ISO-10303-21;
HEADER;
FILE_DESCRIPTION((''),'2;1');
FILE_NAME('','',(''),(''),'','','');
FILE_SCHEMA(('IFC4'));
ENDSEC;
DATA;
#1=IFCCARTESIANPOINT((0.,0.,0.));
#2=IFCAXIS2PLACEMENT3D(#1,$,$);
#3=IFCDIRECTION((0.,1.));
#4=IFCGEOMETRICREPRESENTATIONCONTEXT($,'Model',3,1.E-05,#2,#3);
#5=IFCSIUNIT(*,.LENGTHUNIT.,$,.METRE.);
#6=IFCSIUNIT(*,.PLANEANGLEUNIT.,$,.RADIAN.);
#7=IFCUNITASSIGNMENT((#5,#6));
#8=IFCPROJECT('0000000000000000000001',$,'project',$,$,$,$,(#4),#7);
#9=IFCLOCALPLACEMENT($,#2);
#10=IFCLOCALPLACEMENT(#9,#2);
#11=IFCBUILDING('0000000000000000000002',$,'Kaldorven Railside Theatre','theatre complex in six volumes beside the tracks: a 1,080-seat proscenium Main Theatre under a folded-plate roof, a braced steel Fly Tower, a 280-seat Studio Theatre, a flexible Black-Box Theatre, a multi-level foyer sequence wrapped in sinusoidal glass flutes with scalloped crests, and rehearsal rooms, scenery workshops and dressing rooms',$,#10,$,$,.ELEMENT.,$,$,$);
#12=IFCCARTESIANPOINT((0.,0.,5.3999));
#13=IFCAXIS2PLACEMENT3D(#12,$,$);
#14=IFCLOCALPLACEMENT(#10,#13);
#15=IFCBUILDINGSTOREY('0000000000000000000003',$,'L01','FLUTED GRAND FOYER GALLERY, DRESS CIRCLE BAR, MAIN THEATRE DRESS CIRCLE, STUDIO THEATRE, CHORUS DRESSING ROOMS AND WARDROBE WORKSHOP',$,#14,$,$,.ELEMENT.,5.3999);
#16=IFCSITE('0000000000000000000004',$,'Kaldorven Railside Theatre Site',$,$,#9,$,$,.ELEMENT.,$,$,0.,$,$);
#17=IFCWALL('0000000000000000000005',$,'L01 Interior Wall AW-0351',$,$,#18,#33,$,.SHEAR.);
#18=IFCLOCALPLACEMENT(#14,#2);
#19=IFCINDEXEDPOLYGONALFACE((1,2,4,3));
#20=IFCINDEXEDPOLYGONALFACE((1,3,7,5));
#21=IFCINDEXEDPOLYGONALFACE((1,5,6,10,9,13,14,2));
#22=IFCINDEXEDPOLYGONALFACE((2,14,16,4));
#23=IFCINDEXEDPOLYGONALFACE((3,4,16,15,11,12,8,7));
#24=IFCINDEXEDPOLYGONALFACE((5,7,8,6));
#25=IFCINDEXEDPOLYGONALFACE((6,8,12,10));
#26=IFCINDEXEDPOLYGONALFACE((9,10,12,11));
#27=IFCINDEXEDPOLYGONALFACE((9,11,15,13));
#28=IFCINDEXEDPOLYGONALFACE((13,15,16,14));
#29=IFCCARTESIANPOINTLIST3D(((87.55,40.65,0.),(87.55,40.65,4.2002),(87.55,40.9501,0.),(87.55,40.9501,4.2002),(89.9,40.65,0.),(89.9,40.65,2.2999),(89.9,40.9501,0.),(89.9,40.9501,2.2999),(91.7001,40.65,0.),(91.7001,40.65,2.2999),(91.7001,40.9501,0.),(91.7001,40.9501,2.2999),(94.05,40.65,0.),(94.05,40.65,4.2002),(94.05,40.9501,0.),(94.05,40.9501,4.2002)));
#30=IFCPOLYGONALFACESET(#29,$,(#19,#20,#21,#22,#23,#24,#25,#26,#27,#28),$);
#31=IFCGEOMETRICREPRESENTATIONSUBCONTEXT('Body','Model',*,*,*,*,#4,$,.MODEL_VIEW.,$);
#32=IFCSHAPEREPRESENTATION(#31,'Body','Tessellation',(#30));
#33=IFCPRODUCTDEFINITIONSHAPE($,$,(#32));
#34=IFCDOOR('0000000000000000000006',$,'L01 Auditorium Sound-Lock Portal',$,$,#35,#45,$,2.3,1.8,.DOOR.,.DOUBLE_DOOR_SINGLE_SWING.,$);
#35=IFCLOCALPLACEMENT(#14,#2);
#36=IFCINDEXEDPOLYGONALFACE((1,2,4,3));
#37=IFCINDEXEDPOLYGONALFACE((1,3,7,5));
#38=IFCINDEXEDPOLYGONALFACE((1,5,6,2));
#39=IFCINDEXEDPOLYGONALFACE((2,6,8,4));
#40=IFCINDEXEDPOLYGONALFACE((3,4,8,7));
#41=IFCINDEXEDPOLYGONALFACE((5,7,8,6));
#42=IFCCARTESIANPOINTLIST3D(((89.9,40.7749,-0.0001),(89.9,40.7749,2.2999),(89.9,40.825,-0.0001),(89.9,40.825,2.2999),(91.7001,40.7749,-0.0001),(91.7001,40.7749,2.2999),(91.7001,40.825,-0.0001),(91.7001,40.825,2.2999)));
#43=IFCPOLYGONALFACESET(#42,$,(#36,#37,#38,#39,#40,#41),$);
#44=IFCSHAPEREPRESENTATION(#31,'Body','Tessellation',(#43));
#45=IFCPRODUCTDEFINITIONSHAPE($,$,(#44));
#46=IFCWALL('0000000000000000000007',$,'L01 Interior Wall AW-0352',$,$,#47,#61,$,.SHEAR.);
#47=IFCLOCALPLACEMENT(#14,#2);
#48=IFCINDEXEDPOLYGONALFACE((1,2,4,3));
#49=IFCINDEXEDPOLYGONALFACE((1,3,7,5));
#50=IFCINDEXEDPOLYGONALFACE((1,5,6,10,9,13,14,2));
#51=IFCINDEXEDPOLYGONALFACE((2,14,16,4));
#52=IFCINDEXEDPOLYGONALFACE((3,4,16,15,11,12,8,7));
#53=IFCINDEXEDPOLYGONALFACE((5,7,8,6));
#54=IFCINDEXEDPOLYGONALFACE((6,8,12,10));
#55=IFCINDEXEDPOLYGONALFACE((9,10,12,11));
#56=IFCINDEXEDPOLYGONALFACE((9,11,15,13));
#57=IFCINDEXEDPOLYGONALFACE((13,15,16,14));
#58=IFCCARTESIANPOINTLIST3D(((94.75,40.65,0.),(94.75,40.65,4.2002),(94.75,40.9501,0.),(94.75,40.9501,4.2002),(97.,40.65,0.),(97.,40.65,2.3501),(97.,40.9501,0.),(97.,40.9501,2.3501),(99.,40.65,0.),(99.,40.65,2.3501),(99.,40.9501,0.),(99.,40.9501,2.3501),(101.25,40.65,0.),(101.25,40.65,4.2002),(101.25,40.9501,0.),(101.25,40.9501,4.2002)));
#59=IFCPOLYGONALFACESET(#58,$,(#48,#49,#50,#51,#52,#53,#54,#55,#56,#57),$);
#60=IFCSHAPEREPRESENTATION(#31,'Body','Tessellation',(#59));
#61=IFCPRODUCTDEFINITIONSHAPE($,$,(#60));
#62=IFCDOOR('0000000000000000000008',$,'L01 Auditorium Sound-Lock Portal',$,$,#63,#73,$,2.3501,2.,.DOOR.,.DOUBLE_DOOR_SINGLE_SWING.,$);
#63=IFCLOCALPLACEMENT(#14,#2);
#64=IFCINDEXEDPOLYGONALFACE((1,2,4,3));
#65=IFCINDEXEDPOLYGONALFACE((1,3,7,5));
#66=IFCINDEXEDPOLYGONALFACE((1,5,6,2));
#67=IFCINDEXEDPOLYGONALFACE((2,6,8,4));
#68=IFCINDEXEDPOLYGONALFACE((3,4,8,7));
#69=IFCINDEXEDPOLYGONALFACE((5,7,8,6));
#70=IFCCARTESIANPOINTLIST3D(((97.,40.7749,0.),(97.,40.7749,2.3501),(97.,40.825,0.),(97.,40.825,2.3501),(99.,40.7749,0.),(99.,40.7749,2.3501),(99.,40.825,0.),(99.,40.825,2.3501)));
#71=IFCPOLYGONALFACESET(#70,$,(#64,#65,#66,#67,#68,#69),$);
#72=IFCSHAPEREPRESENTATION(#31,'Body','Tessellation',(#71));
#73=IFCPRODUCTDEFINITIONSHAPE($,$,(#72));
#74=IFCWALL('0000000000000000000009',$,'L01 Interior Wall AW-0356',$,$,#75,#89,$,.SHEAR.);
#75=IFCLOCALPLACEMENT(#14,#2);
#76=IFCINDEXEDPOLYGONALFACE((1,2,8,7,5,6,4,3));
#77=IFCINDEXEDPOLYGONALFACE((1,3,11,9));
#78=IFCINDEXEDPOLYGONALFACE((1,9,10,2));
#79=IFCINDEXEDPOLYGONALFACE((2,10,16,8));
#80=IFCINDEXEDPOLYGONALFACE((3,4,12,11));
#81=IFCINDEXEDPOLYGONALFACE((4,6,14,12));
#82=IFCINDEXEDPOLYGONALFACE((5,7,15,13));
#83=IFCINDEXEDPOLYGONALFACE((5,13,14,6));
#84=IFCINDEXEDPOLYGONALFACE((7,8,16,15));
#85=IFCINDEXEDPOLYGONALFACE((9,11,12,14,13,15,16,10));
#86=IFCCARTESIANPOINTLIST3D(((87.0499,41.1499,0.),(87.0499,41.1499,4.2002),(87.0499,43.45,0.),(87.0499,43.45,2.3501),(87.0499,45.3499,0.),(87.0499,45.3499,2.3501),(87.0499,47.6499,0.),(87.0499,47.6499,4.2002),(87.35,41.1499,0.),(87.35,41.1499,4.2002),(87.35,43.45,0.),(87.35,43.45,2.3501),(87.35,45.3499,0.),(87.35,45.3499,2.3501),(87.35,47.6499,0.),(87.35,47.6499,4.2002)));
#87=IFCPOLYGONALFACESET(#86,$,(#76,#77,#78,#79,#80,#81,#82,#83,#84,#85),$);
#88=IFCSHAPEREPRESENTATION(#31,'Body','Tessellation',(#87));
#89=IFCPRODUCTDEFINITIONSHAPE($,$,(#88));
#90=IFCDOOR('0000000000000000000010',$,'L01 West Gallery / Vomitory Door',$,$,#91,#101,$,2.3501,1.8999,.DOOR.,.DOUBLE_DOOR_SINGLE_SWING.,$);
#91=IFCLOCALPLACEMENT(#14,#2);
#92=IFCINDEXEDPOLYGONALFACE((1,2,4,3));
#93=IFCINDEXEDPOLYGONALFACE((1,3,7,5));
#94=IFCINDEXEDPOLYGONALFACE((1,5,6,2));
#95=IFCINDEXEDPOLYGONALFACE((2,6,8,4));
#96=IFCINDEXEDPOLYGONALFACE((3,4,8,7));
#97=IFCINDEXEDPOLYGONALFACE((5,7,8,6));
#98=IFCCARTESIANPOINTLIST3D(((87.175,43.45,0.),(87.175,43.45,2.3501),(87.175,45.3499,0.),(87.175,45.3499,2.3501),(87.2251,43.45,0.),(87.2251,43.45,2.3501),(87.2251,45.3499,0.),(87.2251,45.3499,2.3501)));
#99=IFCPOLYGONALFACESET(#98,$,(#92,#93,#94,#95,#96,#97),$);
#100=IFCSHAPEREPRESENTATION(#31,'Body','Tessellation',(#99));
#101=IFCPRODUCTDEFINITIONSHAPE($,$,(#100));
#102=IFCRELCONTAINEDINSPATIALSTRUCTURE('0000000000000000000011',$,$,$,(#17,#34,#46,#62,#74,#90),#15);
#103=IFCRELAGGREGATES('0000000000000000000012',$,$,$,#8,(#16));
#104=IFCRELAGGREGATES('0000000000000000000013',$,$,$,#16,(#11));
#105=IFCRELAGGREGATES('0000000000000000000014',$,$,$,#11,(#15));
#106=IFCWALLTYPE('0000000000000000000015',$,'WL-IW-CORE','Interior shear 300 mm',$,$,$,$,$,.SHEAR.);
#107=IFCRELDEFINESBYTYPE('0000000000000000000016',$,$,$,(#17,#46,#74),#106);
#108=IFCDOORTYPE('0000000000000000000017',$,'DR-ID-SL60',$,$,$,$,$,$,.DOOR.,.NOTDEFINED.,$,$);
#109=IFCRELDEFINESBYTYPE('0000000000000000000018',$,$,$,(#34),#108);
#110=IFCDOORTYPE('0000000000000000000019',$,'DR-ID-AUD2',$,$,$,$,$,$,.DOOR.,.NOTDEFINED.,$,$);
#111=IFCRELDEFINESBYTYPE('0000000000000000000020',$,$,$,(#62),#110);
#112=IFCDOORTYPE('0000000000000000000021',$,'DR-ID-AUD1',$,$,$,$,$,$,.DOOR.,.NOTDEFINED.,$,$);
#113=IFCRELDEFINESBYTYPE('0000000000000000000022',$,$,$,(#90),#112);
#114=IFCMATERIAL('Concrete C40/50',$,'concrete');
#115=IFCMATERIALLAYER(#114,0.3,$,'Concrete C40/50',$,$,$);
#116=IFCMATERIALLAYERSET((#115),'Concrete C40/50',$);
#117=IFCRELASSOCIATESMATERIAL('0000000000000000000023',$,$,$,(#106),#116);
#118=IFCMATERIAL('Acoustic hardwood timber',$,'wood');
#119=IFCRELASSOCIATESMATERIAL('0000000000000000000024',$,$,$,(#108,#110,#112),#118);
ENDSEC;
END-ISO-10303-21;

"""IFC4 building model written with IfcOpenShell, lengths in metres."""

from ifc_helpers import new_model, si_unit, direction, frame, frame_2d, origin, place, context, subcontext, project, spatial, rectangle, extrude, material, layer, layer_set, type_object, element, fill, save


model = new_model("IFC4")

# Units and contexts
model_context = context("Model", 3, precision=1e-05, world=origin(), true_north=direction((0.0, 1.0)))
body_context = subcontext(model_context, "Body", "Model", "MODEL_VIEW")
ifc_project = project(units=[si_unit("LENGTHUNIT", "METRE"), si_unit("PLANEANGLEUNIT", "RADIAN")], contexts=[model_context])

# Site, building, storey
site_placement = place(None, origin())
site = spatial("IfcSite", under=ifc_project, at=site_placement, Name="Kaldorven Railside Theatre Site", CompositionType="ELEMENT", RefElevation=0.0)
building_placement = place(site_placement, origin())
building = spatial("IfcBuilding", under=site, at=building_placement, Name="Kaldorven Railside Theatre", Description="theatre complex in six volumes beside the tracks: a 1,080-seat proscenium Main Theatre under a folded-plate roof, a braced steel Fly Tower, a 280-seat Studio Theatre, a flexible Black-Box Theatre, a multi-level foyer sequence wrapped in sinusoidal glass flutes with scalloped crests, and rehearsal rooms, scenery workshops and dressing rooms", CompositionType="ELEMENT")
storey_placement = place(building_placement, frame((0.0, 0.0, 5.3999)))
storey = spatial("IfcBuildingStorey", under=building, at=storey_placement, Name="L01", Description="FLUTED GRAND FOYER GALLERY, DRESS CIRCLE BAR, MAIN THEATRE DRESS CIRCLE, STUDIO THEATRE, CHORUS DRESSING ROOMS AND WARDROBE WORKSHOP", CompositionType="ELEMENT", Elevation=5.3999)

# Shared definitions
ifc_material_1 = material(Name="Concrete C40/50", Category="concrete")

# Shared definitions
ifc_layer = layer(ifc_material_1, 0.3, Name="Concrete C40/50")
ifc_layer_set = layer_set([ifc_layer], Name="Concrete C40/50")
wall_type = type_object("IfcWallType", Name="WL-IW-CORE", Description="Interior shear 300 mm", PredefinedType="SHEAR", material=ifc_layer_set)

# Walls, openings, doors
wall_1_placement = place(storey_placement, frame((87.55, 40.8, 0.0), z_axis=(0.0, 0.0, 1.0), x_axis=(1.0, 0.0, 0.0)))
wall_1 = element("IfcWall", 1, at=wall_1_placement, inside=storey, type_object=wall_type, Name="L01 Interior Wall AW-0351", PredefinedType="SHEAR", context=body_context, shape_type="SweptSolid", body=[
    extrude(rectangle(XDim=6.5, YDim=0.3, at=frame_2d((3.25, 0.0))), origin(), (0.0, 0.0, 1.0), 4.2002),
])
opening_1_placement = place(wall_1_placement, frame((2.3501, 0.0, 0.0)))
opening_1 = element("IfcOpeningElement", 2, at=opening_1_placement, cuts=wall_1, PredefinedType="OPENING", context=body_context, shape_type="SweptSolid", body=[
    extrude(rectangle(XDim=1.8, YDim=2.3, at=frame_2d((0.8999, 1.1499))), frame((0.0, 0.1602, 0.0), z_axis=(0.0, -1.0, 0.0), x_axis=(1.0, 0.0, 0.0)), (0.0, 0.0, 1.0), 0.3201),
])
ifc_material_2 = material(Name="Acoustic hardwood timber", Category="wood")
door_type_1 = type_object("IfcDoorType", Name="DR-ID-SL60", OperationType="NOTDEFINED", PredefinedType="DOOR", material=ifc_material_2)
door_1_placement = place(opening_1_placement, origin())
door_1 = element("IfcDoor", 3, at=door_1_placement, inside=storey, type_object=door_type_1, Name="L01 Auditorium Sound-Lock Portal", OperationType="DOUBLE_DOOR_SINGLE_SWING", OverallHeight=2.3, OverallWidth=1.8, PredefinedType="DOOR", context=body_context, shape_type="SweptSolid", body=[
    extrude(rectangle(XDim=1.8, YDim=2.3, at=frame_2d((0.8999, 1.1499))), frame((0.0, 0.0249, 0.0), z_axis=(0.0, -1.0, 0.0), x_axis=(1.0, 0.0, 0.0)), (0.0, 0.0, 1.0), 0.05),
])
fill(opening_1, door_1)
wall_2_placement = place(storey_placement, frame((94.75, 40.8, 0.0), z_axis=(0.0, 0.0, 1.0), x_axis=(1.0, 0.0, 0.0)))
wall_2 = element("IfcWall", 4, at=wall_2_placement, inside=storey, type_object=wall_type, Name="L01 Interior Wall AW-0352", PredefinedType="SHEAR", context=body_context, shape_type="SweptSolid", body=[
    extrude(rectangle(XDim=6.5, YDim=0.3, at=frame_2d((3.25, 0.0))), origin(), (0.0, 0.0, 1.0), 4.2002),
])
opening_2_placement = place(wall_2_placement, frame((2.25, 0.0, 0.0)))
opening_2 = element("IfcOpeningElement", 5, at=opening_2_placement, cuts=wall_2, PredefinedType="OPENING", context=body_context, shape_type="SweptSolid", body=[
    extrude(rectangle(XDim=2.0, YDim=2.3501, at=frame_2d((1.0, 1.175))), frame((0.0, 0.1602, 0.0), z_axis=(0.0, -1.0, 0.0), x_axis=(1.0, 0.0, 0.0)), (0.0, 0.0, 1.0), 0.3201),
])
door_type_2 = type_object("IfcDoorType", Name="DR-ID-AUD2", OperationType="NOTDEFINED", PredefinedType="DOOR", material=ifc_material_2)
door_2_placement = place(opening_2_placement, origin())
door_2 = element("IfcDoor", 6, at=door_2_placement, inside=storey, type_object=door_type_2, Name="L01 Auditorium Sound-Lock Portal", OperationType="DOUBLE_DOOR_SINGLE_SWING", OverallHeight=2.3501, OverallWidth=2.0, PredefinedType="DOOR", context=body_context, shape_type="SweptSolid", body=[
    extrude(rectangle(XDim=2.0, YDim=2.3501, at=frame_2d((1.0, 1.175))), frame((0.0, 0.0249, 0.0), z_axis=(0.0, -1.0, 0.0), x_axis=(1.0, 0.0, 0.0)), (0.0, 0.0, 1.0), 0.05),
])
fill(opening_2, door_2)
wall_3_placement = place(storey_placement, frame((87.2, 41.1499, 0.0), z_axis=(0.0, 0.0, 1.0), x_axis=(0.0, 1.0, 0.0)))
wall_3 = element("IfcWall", 7, at=wall_3_placement, inside=storey, type_object=wall_type, Name="L01 Interior Wall AW-0356", PredefinedType="SHEAR", context=body_context, shape_type="SweptSolid", body=[
    extrude(rectangle(XDim=6.5, YDim=0.3, at=frame_2d((3.25, 0.0))), origin(), (0.0, 0.0, 1.0), 4.2002),
])
opening_3_placement = place(wall_3_placement, frame((2.3, 0.0, 0.0)))
opening_3 = element("IfcOpeningElement", 8, at=opening_3_placement, cuts=wall_3, PredefinedType="OPENING", context=body_context, shape_type="SweptSolid", body=[
    extrude(rectangle(XDim=1.8999, YDim=2.3501, at=frame_2d((0.95, 1.175))), frame((0.0, 0.1602, 0.0), z_axis=(0.0, -1.0, 0.0), x_axis=(1.0, 0.0, 0.0)), (0.0, 0.0, 1.0), 0.3201),
])
door_type_3 = type_object("IfcDoorType", Name="DR-ID-AUD1", OperationType="NOTDEFINED", PredefinedType="DOOR", material=ifc_material_2)
door_3_placement = place(opening_3_placement, origin())
door_3 = element("IfcDoor", 9, at=door_3_placement, inside=storey, type_object=door_type_3, Name="L01 West Gallery / Vomitory Door", OperationType="DOUBLE_DOOR_SINGLE_SWING", OverallHeight=2.3501, OverallWidth=1.8999, PredefinedType="DOOR", context=body_context, shape_type="SweptSolid", body=[
    extrude(rectangle(XDim=1.8999, YDim=2.3501, at=frame_2d((0.95, 1.175))), frame((0.0, 0.0249, 0.0), z_axis=(0.0, -1.0, 0.0), x_axis=(1.0, 0.0, 0.0)), (0.0, 0.0, 1.0), 0.05),
])
fill(opening_3, door_3)

save(model, "model.ifc")
